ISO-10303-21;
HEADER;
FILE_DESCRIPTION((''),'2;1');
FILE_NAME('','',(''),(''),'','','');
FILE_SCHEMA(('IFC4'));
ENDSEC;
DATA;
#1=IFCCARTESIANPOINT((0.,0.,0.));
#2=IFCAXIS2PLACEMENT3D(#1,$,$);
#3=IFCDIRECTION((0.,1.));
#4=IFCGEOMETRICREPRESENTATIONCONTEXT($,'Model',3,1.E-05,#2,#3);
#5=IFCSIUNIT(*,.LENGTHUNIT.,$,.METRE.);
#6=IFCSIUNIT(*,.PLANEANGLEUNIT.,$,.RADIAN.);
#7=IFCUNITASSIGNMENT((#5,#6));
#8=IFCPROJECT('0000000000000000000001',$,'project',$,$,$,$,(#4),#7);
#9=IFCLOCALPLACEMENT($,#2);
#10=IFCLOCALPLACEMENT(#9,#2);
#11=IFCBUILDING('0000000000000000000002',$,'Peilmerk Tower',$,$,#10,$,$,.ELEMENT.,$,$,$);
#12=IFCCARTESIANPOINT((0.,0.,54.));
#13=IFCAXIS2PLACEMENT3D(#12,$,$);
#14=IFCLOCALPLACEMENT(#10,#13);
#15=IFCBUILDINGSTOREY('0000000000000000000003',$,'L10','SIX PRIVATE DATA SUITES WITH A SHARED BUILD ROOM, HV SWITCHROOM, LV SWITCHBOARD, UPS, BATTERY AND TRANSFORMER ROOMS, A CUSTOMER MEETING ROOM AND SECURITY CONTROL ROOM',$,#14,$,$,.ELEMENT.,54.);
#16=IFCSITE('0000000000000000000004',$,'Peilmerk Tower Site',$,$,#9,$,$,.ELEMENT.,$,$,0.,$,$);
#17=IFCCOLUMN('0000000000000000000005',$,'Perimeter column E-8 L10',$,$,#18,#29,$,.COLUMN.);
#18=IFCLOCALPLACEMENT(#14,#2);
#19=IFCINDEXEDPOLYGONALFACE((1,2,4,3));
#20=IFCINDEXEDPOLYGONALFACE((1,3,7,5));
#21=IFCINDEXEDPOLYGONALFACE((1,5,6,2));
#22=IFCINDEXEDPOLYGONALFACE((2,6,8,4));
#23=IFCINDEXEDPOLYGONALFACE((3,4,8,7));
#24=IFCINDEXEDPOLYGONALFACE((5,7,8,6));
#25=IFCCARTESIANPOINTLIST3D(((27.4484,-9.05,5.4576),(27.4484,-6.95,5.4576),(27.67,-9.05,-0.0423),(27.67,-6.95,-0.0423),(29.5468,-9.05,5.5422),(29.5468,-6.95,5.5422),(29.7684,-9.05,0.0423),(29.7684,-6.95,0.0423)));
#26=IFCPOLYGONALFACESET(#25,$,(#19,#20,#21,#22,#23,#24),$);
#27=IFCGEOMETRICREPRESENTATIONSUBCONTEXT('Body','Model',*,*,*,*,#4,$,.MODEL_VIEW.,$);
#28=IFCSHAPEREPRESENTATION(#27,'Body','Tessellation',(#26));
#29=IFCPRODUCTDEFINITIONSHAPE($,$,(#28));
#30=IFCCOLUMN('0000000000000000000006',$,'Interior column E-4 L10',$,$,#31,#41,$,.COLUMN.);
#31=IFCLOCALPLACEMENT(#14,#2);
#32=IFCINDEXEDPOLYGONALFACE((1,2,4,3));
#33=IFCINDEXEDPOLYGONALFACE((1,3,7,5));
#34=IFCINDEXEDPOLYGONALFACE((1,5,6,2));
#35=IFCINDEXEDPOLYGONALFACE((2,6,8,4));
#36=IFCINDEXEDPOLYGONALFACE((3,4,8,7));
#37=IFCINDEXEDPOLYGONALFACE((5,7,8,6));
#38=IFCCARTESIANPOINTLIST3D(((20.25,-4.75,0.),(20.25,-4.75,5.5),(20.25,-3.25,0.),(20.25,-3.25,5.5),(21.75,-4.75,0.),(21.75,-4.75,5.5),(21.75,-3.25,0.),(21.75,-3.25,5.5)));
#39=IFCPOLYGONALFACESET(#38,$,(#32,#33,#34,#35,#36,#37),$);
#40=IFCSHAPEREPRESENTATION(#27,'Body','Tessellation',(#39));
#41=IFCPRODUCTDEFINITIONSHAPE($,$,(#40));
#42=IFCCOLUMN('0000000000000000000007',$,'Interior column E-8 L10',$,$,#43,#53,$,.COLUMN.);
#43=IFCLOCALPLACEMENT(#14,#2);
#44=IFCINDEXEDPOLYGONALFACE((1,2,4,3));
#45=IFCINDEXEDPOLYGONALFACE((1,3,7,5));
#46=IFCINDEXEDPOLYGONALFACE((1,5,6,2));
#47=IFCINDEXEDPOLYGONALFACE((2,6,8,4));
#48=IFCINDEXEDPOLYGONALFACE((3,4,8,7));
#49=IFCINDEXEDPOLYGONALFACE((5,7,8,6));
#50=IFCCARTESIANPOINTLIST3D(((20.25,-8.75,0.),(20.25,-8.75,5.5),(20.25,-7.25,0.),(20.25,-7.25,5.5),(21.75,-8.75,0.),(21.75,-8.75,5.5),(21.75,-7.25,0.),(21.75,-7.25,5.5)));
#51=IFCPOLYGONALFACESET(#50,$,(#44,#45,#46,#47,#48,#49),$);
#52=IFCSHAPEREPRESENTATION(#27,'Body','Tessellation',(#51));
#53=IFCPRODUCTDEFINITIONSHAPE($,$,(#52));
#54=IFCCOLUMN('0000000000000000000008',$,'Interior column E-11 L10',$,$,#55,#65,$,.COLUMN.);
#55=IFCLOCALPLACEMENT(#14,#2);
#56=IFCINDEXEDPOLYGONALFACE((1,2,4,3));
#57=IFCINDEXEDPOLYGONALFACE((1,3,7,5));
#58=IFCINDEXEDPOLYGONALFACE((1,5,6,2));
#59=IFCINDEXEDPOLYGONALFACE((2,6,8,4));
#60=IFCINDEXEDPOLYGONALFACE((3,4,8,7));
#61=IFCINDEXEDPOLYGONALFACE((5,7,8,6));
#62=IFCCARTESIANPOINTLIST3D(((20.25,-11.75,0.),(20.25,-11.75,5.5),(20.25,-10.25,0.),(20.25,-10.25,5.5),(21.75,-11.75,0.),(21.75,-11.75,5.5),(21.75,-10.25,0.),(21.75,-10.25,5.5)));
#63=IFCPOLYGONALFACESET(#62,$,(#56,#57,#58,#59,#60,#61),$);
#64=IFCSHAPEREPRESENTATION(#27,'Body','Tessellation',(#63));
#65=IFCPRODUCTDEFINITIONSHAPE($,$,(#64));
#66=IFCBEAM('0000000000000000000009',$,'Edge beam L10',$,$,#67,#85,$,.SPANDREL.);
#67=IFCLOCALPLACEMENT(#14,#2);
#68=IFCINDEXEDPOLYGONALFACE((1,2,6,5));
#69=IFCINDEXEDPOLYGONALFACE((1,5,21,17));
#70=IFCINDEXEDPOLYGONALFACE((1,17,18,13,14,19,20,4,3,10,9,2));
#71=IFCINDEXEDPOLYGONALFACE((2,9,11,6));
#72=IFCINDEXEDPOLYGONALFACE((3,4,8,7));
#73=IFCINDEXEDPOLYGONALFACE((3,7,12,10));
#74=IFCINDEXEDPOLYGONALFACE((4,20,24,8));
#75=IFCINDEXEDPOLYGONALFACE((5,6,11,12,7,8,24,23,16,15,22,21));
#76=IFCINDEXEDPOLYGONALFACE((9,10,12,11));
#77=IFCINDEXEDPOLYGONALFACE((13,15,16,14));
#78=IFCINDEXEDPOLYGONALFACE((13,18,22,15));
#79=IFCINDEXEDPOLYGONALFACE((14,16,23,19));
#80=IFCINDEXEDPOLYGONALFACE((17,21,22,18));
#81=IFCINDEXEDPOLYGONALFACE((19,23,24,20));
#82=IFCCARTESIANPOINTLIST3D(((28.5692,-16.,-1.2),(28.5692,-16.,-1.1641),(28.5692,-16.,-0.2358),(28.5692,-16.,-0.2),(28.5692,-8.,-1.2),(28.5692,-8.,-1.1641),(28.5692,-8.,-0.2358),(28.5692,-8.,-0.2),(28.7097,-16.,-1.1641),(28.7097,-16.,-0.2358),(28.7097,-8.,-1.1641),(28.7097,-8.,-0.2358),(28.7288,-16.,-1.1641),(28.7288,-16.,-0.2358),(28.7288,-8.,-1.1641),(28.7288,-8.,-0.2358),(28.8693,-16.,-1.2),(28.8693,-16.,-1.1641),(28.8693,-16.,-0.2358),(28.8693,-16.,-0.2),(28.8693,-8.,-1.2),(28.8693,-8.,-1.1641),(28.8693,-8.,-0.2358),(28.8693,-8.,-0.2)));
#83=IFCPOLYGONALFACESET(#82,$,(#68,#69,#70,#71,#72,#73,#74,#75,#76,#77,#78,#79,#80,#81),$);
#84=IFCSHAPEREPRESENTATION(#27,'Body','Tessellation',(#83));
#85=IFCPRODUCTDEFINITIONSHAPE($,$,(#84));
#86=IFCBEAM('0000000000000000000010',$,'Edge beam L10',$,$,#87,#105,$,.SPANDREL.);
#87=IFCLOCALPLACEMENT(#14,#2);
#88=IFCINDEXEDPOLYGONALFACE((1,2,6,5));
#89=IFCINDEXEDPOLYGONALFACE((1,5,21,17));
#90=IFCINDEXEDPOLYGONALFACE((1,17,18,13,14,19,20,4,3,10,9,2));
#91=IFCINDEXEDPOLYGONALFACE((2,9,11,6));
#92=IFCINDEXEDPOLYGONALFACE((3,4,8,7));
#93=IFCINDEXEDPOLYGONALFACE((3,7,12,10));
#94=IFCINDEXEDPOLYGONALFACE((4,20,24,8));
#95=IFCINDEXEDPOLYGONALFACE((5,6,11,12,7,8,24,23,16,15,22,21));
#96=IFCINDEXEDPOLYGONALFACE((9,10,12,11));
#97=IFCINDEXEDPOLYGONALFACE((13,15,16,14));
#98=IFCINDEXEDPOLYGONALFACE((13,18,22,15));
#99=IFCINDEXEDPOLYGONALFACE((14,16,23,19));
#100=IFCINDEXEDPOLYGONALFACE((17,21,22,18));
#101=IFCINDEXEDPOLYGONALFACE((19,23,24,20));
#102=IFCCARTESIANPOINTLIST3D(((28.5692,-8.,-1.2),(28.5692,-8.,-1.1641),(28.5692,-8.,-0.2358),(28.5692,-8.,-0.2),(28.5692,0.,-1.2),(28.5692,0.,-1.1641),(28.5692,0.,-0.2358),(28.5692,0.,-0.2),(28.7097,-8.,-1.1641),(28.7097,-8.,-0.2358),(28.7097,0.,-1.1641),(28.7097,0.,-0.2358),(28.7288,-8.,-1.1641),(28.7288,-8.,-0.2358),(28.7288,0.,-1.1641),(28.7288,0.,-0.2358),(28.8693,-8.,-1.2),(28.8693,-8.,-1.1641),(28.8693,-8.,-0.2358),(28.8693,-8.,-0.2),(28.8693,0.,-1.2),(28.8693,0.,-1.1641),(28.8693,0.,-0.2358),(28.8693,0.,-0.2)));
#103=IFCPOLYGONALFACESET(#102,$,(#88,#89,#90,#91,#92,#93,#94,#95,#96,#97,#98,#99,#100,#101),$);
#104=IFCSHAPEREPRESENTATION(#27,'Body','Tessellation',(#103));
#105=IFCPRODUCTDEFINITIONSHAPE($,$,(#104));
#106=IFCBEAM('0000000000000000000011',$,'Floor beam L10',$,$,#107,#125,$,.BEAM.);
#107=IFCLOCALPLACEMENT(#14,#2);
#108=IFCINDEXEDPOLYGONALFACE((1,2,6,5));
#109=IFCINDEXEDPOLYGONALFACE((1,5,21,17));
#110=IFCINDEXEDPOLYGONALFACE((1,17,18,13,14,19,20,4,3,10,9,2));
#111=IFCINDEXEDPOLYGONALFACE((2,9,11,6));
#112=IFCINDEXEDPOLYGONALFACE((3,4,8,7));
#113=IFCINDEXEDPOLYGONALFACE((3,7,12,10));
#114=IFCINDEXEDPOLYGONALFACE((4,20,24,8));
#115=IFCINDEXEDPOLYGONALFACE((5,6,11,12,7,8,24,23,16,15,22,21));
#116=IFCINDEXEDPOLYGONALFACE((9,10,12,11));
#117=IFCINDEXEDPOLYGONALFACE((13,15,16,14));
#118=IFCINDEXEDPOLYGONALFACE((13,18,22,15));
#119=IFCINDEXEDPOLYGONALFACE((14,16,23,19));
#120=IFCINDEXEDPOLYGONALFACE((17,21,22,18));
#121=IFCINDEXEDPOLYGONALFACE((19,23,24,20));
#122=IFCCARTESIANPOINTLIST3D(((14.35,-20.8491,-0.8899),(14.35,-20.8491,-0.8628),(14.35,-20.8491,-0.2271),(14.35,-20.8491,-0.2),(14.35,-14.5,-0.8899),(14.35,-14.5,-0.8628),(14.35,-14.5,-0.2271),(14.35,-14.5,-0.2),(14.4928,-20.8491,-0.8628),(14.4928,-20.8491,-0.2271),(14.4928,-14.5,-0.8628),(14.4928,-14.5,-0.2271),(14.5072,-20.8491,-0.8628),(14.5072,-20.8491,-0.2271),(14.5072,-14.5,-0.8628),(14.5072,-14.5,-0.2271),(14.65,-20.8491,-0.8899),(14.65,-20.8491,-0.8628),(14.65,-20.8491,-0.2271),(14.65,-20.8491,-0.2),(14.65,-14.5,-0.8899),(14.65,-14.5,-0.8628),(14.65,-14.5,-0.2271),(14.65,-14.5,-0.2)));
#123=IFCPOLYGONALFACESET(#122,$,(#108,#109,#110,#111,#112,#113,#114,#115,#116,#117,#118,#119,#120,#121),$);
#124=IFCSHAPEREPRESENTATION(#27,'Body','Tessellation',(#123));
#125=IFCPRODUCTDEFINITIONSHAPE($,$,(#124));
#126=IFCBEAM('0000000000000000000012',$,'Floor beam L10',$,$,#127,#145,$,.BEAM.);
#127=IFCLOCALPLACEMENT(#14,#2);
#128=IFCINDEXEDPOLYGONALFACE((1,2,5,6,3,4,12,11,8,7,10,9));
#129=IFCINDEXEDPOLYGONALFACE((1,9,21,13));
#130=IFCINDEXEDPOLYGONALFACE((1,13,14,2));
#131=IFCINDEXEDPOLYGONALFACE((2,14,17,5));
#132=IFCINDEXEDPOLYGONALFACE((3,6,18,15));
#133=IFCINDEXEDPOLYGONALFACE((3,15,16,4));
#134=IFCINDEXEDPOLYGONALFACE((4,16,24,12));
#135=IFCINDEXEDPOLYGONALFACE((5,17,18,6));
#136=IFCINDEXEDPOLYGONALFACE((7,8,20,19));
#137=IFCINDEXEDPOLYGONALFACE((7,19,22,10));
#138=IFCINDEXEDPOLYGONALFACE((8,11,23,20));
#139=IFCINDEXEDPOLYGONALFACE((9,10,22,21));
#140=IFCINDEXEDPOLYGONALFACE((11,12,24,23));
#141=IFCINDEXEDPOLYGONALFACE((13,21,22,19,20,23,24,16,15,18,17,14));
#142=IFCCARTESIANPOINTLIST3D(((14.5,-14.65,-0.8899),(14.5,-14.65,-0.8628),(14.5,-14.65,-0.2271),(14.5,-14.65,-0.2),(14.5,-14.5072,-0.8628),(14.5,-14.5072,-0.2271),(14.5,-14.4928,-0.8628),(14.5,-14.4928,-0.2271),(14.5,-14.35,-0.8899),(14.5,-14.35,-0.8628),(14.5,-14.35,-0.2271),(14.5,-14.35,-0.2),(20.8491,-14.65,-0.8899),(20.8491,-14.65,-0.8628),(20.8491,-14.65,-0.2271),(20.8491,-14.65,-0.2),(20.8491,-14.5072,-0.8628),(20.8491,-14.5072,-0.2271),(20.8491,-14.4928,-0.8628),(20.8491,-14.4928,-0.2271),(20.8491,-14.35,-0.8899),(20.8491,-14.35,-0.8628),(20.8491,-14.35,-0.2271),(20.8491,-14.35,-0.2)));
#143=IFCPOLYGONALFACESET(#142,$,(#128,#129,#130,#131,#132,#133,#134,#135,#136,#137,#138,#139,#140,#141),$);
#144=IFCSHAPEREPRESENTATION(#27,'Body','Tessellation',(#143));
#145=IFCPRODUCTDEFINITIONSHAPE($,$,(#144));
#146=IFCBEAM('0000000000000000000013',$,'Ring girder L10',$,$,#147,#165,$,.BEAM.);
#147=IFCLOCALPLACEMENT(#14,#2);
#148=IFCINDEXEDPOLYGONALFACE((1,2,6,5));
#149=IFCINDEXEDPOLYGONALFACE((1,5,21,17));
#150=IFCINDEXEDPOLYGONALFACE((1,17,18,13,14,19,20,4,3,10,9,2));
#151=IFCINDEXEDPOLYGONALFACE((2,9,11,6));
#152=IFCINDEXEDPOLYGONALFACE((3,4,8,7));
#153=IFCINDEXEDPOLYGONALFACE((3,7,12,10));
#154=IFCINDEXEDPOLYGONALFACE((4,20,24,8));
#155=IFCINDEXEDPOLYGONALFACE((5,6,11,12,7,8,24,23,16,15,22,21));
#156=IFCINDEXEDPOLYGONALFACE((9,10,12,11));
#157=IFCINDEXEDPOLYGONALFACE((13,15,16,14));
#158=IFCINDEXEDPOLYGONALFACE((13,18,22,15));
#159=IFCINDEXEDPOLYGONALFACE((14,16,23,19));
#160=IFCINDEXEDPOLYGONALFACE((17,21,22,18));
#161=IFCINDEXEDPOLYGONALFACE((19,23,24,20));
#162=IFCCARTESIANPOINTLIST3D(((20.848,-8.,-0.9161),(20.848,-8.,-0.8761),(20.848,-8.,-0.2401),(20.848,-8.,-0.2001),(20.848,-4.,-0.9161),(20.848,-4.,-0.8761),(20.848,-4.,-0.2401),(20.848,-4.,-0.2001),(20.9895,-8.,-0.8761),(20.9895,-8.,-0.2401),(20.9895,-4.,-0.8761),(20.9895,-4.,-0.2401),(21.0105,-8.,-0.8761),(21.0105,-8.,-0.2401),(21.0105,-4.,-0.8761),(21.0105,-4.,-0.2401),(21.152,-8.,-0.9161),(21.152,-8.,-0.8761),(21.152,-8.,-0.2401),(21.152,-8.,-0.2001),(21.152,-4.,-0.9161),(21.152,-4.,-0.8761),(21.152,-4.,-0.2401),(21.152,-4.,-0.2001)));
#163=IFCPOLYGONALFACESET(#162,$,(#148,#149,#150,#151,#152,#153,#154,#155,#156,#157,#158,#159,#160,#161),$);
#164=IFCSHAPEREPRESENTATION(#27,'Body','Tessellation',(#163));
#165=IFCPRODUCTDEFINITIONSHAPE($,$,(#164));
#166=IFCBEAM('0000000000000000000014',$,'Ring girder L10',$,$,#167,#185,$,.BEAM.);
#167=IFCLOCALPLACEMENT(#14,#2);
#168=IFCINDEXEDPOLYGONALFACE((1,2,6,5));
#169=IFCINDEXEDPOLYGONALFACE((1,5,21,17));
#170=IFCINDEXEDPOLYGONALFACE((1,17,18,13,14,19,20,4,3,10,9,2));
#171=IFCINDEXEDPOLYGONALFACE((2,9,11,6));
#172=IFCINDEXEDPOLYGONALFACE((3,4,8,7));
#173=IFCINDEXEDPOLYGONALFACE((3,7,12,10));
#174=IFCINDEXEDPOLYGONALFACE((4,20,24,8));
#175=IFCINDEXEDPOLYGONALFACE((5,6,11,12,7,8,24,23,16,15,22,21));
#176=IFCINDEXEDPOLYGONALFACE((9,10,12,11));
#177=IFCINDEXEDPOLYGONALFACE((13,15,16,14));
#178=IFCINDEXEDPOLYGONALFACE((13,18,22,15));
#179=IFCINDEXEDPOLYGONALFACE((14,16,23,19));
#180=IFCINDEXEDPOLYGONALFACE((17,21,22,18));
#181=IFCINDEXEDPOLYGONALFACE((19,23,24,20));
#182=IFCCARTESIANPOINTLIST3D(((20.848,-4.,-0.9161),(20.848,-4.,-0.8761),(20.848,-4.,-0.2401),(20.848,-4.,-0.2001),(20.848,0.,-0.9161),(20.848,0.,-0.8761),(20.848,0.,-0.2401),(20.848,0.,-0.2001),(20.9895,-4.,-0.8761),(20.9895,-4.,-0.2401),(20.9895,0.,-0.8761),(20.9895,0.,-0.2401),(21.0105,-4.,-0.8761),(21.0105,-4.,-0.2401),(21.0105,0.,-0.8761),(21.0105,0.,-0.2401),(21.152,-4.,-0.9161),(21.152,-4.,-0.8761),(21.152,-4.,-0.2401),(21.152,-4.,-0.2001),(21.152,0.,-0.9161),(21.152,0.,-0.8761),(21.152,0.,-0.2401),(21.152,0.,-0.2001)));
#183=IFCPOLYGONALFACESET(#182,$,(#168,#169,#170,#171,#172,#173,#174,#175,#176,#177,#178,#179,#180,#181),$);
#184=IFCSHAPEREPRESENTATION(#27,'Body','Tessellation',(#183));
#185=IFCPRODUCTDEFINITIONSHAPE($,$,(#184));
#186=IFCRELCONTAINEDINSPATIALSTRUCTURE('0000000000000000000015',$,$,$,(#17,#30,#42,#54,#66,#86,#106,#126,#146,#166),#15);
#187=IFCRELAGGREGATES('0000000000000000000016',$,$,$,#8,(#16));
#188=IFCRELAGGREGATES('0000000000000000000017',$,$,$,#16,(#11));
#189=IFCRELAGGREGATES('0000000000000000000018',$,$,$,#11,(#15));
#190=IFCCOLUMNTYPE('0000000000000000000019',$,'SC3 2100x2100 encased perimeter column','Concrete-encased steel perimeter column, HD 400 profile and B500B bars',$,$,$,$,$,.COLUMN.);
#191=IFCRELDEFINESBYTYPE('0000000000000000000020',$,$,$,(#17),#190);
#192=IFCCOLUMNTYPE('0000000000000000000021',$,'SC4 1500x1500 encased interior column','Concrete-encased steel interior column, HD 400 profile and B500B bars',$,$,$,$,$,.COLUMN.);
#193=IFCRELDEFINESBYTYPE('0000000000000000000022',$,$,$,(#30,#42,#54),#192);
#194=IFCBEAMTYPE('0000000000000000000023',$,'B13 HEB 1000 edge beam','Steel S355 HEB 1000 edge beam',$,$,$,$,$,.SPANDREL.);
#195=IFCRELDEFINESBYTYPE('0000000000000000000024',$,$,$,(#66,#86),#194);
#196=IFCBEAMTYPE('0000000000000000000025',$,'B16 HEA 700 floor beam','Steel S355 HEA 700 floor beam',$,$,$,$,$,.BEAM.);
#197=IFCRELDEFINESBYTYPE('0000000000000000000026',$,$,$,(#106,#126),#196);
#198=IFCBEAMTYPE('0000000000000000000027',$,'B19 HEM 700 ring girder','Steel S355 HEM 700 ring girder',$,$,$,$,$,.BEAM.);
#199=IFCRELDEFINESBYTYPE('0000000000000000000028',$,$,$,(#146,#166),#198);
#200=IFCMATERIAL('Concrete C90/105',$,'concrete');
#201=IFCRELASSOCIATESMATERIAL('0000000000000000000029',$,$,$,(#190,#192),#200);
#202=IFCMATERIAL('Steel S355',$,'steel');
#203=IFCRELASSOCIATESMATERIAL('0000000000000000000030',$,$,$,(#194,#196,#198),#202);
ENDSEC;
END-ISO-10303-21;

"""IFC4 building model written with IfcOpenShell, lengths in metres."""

from ifc_helpers import new_model, si_unit, direction, frame, origin, origin_2d, place, context, subcontext, project, spatial, rectangle, i_section, extrude, material, material_profile, profile_set, type_object, element, save


model = new_model("IFC4")

# Units and contexts
model_context = context("Model", 3, precision=1e-05, world=origin(), true_north=direction((0.0, 1.0)))
body_context = subcontext(model_context, "Body", "Model", "MODEL_VIEW")
ifc_project = project(units=[si_unit("LENGTHUNIT", "METRE"), si_unit("PLANEANGLEUNIT", "RADIAN")], contexts=[model_context])

# Site, building, storey
site_placement = place(None, origin())
site = spatial("IfcSite", under=ifc_project, at=site_placement, Name="Peilmerk Tower Site", CompositionType="ELEMENT", RefElevation=0.0)
building_placement = place(site_placement, origin())
building = spatial("IfcBuilding", under=site, at=building_placement, Name="Peilmerk Tower", CompositionType="ELEMENT")
storey_placement = place(building_placement, frame((0.0, 0.0, 54.0)))
storey = spatial("IfcBuildingStorey", under=building, at=storey_placement, Name="L10", Description="SIX PRIVATE DATA SUITES WITH A SHARED BUILD ROOM, HV SWITCHROOM, LV SWITCHBOARD, UPS, BATTERY AND TRANSFORMER ROOMS, A CUSTOMER MEETING ROOM AND SECURITY CONTROL ROOM", CompositionType="ELEMENT", Elevation=54.0)

# Columns
ifc_material_1 = material(Name="Concrete C90/105", Category="concrete")
ifc_material_profile_1 = material_profile(ifc_material_1, rectangle(XDim=2.1001, YDim=2.1001, at=origin_2d()), Name="RC 2100x2100")
ifc_profile_set_1 = profile_set([ifc_material_profile_1], Name="Concrete C90/105")
column_type_1 = type_object("IfcColumnType", Name="SC3 2100x2100 encased perimeter column", Description="Concrete-encased steel perimeter column, HD 400 profile and B500B bars", PredefinedType="COLUMN", material=ifc_profile_set_1)
column_placement = place(storey_placement, frame((28.7192, -8.0, 0.0), z_axis=(-0.040273, 0.0, 0.999189), x_axis=(0.0, -1.0, 0.0)))
element("IfcColumn", 1, at=column_placement, inside=storey, type_object=column_type_1, Name="Perimeter column E-8 L10", PredefinedType="COLUMN", context=body_context, shape_type="SweptSolid", body=[
    extrude(rectangle(XDim=2.1001, YDim=2.1001, at=origin_2d()), origin(), (0.0, 0.0, 1.0), 5.5044),
])
ifc_material_profile_2 = material_profile(ifc_material_1, rectangle(XDim=1.5, YDim=1.5, at=origin_2d()), Name="RC 1500x1500")
ifc_profile_set_2 = profile_set([ifc_material_profile_2], Name="Concrete C90/105")
column_type_2 = type_object("IfcColumnType", Name="SC4 1500x1500 encased interior column", Description="Concrete-encased steel interior column, HD 400 profile and B500B bars", PredefinedType="COLUMN", material=ifc_profile_set_2)
for number, where, z_axis, x_axis, name in (
    (2, (21.0, -4.0, 0.0), (0.0, 0.0, 1.0), (1.0, 0.0, 0.0), "Interior column E-4 L10"),
    (3, (21.0, -8.0, 0.0), (0.0, 0.0, 1.0), (1.0, 0.0, 0.0), "Interior column E-8 L10"),
    (4, (21.0, -11.0, 0.0), (0.0, 0.0, 1.0), (1.0, 0.0, 0.0), "Interior column E-11 L10"),
):
    element("IfcColumn", number, at=place(storey_placement, frame(where, z_axis=z_axis, x_axis=x_axis)), inside=storey, type_object=column_type_2, Name=name, PredefinedType="COLUMN", context=body_context, shape_type="SweptSolid", body=[
        extrude(rectangle(XDim=1.5, YDim=1.5, at=origin_2d()), origin(), (0.0, 0.0, 1.0), 5.5),
    ])

# Beams
ifc_material_2 = material(Name="Steel S355", Category="steel")
ifc_material_profile_3 = material_profile(ifc_material_2, i_section(OverallWidth=0.3, OverallDepth=1.0, WebThickness=0.019, FlangeThickness=0.0359, at=origin_2d()), Name="HEB 1000")
ifc_profile_set_3 = profile_set([ifc_material_profile_3], Name="Steel S355")
beam_type_1 = type_object("IfcBeamType", Name="B13 HEB 1000 edge beam", Description="Steel S355 HEB 1000 edge beam", PredefinedType="SPANDREL", material=ifc_profile_set_3)
for number, where, z_axis, x_axis, name in (
    (5, (28.7192, -16.0, -0.7), (0.0, 1.0, 0.0), (-1.0, 0.0, 0.0), "Edge beam L10"),
    (6, (28.7192, -8.0, -0.7), (0.0, 1.0, 0.0), (-1.0, 0.0, 0.0), "Edge beam L10"),
):
    element("IfcBeam", number, at=place(storey_placement, frame(where, z_axis=z_axis, x_axis=x_axis)), inside=storey, type_object=beam_type_1, Name=name, PredefinedType="SPANDREL", context=body_context, shape_type="SweptSolid", body=[
        extrude(i_section(OverallWidth=0.3, OverallDepth=1.0, WebThickness=0.019, FlangeThickness=0.0359, at=origin_2d()), origin(), (0.0, 0.0, 1.0), 8.0),
    ])
ifc_material_profile_4 = material_profile(ifc_material_2, i_section(OverallWidth=0.3, OverallDepth=0.6899, WebThickness=0.0144, FlangeThickness=0.0271, at=origin_2d()), Name="HEA 700")
ifc_profile_set_4 = profile_set([ifc_material_profile_4], Name="Steel S355")
beam_type_2 = type_object("IfcBeamType", Name="B16 HEA 700 floor beam", Description="Steel S355 HEA 700 floor beam", PredefinedType="BEAM", material=ifc_profile_set_4)
for number, where, z_axis, x_axis, name in (
    (7, (14.5, -14.5, -0.5449), (0.0, -1.0, 0.0), (1.0, 0.0, 0.0), "Floor beam L10"),
    (8, (14.5, -14.5, -0.5449), (1.0, 0.0, 0.0), (0.0, 1.0, 0.0), "Floor beam L10"),
):
    element("IfcBeam", number, at=place(storey_placement, frame(where, z_axis=z_axis, x_axis=x_axis)), inside=storey, type_object=beam_type_2, Name=name, PredefinedType="BEAM", context=body_context, shape_type="SweptSolid", body=[
        extrude(i_section(OverallWidth=0.3, OverallDepth=0.6899, WebThickness=0.0144, FlangeThickness=0.0271, at=origin_2d()), origin(), (0.0, 0.0, 1.0), 6.3491),
    ])
ifc_material_profile_5 = material_profile(ifc_material_2, i_section(OverallWidth=0.304, OverallDepth=0.7161, WebThickness=0.021, FlangeThickness=0.04, at=origin_2d()), Name="HEM 700")
ifc_profile_set_5 = profile_set([ifc_material_profile_5], Name="Steel S355")
beam_type_3 = type_object("IfcBeamType", Name="B19 HEM 700 ring girder", Description="Steel S355 HEM 700 ring girder", PredefinedType="BEAM", material=ifc_profile_set_5)
for number, where, z_axis, x_axis, name in (
    (9, (21.0, -8.0, -0.5581), (0.0, 1.0, 0.0), (-1.0, 0.0, 0.0), "Ring girder L10"),
    (10, (21.0, -4.0, -0.5581), (0.0, 1.0, 0.0), (-1.0, 0.0, 0.0), "Ring girder L10"),
):
    element("IfcBeam", number, at=place(storey_placement, frame(where, z_axis=z_axis, x_axis=x_axis)), inside=storey, type_object=beam_type_3, Name=name, PredefinedType="BEAM", context=body_context, shape_type="SweptSolid", body=[
        extrude(i_section(OverallWidth=0.304, OverallDepth=0.7161, WebThickness=0.021, FlangeThickness=0.04, at=origin_2d()), origin(), (0.0, 0.0, 1.0), 4.0),
    ])

save(model, "model.ifc")
